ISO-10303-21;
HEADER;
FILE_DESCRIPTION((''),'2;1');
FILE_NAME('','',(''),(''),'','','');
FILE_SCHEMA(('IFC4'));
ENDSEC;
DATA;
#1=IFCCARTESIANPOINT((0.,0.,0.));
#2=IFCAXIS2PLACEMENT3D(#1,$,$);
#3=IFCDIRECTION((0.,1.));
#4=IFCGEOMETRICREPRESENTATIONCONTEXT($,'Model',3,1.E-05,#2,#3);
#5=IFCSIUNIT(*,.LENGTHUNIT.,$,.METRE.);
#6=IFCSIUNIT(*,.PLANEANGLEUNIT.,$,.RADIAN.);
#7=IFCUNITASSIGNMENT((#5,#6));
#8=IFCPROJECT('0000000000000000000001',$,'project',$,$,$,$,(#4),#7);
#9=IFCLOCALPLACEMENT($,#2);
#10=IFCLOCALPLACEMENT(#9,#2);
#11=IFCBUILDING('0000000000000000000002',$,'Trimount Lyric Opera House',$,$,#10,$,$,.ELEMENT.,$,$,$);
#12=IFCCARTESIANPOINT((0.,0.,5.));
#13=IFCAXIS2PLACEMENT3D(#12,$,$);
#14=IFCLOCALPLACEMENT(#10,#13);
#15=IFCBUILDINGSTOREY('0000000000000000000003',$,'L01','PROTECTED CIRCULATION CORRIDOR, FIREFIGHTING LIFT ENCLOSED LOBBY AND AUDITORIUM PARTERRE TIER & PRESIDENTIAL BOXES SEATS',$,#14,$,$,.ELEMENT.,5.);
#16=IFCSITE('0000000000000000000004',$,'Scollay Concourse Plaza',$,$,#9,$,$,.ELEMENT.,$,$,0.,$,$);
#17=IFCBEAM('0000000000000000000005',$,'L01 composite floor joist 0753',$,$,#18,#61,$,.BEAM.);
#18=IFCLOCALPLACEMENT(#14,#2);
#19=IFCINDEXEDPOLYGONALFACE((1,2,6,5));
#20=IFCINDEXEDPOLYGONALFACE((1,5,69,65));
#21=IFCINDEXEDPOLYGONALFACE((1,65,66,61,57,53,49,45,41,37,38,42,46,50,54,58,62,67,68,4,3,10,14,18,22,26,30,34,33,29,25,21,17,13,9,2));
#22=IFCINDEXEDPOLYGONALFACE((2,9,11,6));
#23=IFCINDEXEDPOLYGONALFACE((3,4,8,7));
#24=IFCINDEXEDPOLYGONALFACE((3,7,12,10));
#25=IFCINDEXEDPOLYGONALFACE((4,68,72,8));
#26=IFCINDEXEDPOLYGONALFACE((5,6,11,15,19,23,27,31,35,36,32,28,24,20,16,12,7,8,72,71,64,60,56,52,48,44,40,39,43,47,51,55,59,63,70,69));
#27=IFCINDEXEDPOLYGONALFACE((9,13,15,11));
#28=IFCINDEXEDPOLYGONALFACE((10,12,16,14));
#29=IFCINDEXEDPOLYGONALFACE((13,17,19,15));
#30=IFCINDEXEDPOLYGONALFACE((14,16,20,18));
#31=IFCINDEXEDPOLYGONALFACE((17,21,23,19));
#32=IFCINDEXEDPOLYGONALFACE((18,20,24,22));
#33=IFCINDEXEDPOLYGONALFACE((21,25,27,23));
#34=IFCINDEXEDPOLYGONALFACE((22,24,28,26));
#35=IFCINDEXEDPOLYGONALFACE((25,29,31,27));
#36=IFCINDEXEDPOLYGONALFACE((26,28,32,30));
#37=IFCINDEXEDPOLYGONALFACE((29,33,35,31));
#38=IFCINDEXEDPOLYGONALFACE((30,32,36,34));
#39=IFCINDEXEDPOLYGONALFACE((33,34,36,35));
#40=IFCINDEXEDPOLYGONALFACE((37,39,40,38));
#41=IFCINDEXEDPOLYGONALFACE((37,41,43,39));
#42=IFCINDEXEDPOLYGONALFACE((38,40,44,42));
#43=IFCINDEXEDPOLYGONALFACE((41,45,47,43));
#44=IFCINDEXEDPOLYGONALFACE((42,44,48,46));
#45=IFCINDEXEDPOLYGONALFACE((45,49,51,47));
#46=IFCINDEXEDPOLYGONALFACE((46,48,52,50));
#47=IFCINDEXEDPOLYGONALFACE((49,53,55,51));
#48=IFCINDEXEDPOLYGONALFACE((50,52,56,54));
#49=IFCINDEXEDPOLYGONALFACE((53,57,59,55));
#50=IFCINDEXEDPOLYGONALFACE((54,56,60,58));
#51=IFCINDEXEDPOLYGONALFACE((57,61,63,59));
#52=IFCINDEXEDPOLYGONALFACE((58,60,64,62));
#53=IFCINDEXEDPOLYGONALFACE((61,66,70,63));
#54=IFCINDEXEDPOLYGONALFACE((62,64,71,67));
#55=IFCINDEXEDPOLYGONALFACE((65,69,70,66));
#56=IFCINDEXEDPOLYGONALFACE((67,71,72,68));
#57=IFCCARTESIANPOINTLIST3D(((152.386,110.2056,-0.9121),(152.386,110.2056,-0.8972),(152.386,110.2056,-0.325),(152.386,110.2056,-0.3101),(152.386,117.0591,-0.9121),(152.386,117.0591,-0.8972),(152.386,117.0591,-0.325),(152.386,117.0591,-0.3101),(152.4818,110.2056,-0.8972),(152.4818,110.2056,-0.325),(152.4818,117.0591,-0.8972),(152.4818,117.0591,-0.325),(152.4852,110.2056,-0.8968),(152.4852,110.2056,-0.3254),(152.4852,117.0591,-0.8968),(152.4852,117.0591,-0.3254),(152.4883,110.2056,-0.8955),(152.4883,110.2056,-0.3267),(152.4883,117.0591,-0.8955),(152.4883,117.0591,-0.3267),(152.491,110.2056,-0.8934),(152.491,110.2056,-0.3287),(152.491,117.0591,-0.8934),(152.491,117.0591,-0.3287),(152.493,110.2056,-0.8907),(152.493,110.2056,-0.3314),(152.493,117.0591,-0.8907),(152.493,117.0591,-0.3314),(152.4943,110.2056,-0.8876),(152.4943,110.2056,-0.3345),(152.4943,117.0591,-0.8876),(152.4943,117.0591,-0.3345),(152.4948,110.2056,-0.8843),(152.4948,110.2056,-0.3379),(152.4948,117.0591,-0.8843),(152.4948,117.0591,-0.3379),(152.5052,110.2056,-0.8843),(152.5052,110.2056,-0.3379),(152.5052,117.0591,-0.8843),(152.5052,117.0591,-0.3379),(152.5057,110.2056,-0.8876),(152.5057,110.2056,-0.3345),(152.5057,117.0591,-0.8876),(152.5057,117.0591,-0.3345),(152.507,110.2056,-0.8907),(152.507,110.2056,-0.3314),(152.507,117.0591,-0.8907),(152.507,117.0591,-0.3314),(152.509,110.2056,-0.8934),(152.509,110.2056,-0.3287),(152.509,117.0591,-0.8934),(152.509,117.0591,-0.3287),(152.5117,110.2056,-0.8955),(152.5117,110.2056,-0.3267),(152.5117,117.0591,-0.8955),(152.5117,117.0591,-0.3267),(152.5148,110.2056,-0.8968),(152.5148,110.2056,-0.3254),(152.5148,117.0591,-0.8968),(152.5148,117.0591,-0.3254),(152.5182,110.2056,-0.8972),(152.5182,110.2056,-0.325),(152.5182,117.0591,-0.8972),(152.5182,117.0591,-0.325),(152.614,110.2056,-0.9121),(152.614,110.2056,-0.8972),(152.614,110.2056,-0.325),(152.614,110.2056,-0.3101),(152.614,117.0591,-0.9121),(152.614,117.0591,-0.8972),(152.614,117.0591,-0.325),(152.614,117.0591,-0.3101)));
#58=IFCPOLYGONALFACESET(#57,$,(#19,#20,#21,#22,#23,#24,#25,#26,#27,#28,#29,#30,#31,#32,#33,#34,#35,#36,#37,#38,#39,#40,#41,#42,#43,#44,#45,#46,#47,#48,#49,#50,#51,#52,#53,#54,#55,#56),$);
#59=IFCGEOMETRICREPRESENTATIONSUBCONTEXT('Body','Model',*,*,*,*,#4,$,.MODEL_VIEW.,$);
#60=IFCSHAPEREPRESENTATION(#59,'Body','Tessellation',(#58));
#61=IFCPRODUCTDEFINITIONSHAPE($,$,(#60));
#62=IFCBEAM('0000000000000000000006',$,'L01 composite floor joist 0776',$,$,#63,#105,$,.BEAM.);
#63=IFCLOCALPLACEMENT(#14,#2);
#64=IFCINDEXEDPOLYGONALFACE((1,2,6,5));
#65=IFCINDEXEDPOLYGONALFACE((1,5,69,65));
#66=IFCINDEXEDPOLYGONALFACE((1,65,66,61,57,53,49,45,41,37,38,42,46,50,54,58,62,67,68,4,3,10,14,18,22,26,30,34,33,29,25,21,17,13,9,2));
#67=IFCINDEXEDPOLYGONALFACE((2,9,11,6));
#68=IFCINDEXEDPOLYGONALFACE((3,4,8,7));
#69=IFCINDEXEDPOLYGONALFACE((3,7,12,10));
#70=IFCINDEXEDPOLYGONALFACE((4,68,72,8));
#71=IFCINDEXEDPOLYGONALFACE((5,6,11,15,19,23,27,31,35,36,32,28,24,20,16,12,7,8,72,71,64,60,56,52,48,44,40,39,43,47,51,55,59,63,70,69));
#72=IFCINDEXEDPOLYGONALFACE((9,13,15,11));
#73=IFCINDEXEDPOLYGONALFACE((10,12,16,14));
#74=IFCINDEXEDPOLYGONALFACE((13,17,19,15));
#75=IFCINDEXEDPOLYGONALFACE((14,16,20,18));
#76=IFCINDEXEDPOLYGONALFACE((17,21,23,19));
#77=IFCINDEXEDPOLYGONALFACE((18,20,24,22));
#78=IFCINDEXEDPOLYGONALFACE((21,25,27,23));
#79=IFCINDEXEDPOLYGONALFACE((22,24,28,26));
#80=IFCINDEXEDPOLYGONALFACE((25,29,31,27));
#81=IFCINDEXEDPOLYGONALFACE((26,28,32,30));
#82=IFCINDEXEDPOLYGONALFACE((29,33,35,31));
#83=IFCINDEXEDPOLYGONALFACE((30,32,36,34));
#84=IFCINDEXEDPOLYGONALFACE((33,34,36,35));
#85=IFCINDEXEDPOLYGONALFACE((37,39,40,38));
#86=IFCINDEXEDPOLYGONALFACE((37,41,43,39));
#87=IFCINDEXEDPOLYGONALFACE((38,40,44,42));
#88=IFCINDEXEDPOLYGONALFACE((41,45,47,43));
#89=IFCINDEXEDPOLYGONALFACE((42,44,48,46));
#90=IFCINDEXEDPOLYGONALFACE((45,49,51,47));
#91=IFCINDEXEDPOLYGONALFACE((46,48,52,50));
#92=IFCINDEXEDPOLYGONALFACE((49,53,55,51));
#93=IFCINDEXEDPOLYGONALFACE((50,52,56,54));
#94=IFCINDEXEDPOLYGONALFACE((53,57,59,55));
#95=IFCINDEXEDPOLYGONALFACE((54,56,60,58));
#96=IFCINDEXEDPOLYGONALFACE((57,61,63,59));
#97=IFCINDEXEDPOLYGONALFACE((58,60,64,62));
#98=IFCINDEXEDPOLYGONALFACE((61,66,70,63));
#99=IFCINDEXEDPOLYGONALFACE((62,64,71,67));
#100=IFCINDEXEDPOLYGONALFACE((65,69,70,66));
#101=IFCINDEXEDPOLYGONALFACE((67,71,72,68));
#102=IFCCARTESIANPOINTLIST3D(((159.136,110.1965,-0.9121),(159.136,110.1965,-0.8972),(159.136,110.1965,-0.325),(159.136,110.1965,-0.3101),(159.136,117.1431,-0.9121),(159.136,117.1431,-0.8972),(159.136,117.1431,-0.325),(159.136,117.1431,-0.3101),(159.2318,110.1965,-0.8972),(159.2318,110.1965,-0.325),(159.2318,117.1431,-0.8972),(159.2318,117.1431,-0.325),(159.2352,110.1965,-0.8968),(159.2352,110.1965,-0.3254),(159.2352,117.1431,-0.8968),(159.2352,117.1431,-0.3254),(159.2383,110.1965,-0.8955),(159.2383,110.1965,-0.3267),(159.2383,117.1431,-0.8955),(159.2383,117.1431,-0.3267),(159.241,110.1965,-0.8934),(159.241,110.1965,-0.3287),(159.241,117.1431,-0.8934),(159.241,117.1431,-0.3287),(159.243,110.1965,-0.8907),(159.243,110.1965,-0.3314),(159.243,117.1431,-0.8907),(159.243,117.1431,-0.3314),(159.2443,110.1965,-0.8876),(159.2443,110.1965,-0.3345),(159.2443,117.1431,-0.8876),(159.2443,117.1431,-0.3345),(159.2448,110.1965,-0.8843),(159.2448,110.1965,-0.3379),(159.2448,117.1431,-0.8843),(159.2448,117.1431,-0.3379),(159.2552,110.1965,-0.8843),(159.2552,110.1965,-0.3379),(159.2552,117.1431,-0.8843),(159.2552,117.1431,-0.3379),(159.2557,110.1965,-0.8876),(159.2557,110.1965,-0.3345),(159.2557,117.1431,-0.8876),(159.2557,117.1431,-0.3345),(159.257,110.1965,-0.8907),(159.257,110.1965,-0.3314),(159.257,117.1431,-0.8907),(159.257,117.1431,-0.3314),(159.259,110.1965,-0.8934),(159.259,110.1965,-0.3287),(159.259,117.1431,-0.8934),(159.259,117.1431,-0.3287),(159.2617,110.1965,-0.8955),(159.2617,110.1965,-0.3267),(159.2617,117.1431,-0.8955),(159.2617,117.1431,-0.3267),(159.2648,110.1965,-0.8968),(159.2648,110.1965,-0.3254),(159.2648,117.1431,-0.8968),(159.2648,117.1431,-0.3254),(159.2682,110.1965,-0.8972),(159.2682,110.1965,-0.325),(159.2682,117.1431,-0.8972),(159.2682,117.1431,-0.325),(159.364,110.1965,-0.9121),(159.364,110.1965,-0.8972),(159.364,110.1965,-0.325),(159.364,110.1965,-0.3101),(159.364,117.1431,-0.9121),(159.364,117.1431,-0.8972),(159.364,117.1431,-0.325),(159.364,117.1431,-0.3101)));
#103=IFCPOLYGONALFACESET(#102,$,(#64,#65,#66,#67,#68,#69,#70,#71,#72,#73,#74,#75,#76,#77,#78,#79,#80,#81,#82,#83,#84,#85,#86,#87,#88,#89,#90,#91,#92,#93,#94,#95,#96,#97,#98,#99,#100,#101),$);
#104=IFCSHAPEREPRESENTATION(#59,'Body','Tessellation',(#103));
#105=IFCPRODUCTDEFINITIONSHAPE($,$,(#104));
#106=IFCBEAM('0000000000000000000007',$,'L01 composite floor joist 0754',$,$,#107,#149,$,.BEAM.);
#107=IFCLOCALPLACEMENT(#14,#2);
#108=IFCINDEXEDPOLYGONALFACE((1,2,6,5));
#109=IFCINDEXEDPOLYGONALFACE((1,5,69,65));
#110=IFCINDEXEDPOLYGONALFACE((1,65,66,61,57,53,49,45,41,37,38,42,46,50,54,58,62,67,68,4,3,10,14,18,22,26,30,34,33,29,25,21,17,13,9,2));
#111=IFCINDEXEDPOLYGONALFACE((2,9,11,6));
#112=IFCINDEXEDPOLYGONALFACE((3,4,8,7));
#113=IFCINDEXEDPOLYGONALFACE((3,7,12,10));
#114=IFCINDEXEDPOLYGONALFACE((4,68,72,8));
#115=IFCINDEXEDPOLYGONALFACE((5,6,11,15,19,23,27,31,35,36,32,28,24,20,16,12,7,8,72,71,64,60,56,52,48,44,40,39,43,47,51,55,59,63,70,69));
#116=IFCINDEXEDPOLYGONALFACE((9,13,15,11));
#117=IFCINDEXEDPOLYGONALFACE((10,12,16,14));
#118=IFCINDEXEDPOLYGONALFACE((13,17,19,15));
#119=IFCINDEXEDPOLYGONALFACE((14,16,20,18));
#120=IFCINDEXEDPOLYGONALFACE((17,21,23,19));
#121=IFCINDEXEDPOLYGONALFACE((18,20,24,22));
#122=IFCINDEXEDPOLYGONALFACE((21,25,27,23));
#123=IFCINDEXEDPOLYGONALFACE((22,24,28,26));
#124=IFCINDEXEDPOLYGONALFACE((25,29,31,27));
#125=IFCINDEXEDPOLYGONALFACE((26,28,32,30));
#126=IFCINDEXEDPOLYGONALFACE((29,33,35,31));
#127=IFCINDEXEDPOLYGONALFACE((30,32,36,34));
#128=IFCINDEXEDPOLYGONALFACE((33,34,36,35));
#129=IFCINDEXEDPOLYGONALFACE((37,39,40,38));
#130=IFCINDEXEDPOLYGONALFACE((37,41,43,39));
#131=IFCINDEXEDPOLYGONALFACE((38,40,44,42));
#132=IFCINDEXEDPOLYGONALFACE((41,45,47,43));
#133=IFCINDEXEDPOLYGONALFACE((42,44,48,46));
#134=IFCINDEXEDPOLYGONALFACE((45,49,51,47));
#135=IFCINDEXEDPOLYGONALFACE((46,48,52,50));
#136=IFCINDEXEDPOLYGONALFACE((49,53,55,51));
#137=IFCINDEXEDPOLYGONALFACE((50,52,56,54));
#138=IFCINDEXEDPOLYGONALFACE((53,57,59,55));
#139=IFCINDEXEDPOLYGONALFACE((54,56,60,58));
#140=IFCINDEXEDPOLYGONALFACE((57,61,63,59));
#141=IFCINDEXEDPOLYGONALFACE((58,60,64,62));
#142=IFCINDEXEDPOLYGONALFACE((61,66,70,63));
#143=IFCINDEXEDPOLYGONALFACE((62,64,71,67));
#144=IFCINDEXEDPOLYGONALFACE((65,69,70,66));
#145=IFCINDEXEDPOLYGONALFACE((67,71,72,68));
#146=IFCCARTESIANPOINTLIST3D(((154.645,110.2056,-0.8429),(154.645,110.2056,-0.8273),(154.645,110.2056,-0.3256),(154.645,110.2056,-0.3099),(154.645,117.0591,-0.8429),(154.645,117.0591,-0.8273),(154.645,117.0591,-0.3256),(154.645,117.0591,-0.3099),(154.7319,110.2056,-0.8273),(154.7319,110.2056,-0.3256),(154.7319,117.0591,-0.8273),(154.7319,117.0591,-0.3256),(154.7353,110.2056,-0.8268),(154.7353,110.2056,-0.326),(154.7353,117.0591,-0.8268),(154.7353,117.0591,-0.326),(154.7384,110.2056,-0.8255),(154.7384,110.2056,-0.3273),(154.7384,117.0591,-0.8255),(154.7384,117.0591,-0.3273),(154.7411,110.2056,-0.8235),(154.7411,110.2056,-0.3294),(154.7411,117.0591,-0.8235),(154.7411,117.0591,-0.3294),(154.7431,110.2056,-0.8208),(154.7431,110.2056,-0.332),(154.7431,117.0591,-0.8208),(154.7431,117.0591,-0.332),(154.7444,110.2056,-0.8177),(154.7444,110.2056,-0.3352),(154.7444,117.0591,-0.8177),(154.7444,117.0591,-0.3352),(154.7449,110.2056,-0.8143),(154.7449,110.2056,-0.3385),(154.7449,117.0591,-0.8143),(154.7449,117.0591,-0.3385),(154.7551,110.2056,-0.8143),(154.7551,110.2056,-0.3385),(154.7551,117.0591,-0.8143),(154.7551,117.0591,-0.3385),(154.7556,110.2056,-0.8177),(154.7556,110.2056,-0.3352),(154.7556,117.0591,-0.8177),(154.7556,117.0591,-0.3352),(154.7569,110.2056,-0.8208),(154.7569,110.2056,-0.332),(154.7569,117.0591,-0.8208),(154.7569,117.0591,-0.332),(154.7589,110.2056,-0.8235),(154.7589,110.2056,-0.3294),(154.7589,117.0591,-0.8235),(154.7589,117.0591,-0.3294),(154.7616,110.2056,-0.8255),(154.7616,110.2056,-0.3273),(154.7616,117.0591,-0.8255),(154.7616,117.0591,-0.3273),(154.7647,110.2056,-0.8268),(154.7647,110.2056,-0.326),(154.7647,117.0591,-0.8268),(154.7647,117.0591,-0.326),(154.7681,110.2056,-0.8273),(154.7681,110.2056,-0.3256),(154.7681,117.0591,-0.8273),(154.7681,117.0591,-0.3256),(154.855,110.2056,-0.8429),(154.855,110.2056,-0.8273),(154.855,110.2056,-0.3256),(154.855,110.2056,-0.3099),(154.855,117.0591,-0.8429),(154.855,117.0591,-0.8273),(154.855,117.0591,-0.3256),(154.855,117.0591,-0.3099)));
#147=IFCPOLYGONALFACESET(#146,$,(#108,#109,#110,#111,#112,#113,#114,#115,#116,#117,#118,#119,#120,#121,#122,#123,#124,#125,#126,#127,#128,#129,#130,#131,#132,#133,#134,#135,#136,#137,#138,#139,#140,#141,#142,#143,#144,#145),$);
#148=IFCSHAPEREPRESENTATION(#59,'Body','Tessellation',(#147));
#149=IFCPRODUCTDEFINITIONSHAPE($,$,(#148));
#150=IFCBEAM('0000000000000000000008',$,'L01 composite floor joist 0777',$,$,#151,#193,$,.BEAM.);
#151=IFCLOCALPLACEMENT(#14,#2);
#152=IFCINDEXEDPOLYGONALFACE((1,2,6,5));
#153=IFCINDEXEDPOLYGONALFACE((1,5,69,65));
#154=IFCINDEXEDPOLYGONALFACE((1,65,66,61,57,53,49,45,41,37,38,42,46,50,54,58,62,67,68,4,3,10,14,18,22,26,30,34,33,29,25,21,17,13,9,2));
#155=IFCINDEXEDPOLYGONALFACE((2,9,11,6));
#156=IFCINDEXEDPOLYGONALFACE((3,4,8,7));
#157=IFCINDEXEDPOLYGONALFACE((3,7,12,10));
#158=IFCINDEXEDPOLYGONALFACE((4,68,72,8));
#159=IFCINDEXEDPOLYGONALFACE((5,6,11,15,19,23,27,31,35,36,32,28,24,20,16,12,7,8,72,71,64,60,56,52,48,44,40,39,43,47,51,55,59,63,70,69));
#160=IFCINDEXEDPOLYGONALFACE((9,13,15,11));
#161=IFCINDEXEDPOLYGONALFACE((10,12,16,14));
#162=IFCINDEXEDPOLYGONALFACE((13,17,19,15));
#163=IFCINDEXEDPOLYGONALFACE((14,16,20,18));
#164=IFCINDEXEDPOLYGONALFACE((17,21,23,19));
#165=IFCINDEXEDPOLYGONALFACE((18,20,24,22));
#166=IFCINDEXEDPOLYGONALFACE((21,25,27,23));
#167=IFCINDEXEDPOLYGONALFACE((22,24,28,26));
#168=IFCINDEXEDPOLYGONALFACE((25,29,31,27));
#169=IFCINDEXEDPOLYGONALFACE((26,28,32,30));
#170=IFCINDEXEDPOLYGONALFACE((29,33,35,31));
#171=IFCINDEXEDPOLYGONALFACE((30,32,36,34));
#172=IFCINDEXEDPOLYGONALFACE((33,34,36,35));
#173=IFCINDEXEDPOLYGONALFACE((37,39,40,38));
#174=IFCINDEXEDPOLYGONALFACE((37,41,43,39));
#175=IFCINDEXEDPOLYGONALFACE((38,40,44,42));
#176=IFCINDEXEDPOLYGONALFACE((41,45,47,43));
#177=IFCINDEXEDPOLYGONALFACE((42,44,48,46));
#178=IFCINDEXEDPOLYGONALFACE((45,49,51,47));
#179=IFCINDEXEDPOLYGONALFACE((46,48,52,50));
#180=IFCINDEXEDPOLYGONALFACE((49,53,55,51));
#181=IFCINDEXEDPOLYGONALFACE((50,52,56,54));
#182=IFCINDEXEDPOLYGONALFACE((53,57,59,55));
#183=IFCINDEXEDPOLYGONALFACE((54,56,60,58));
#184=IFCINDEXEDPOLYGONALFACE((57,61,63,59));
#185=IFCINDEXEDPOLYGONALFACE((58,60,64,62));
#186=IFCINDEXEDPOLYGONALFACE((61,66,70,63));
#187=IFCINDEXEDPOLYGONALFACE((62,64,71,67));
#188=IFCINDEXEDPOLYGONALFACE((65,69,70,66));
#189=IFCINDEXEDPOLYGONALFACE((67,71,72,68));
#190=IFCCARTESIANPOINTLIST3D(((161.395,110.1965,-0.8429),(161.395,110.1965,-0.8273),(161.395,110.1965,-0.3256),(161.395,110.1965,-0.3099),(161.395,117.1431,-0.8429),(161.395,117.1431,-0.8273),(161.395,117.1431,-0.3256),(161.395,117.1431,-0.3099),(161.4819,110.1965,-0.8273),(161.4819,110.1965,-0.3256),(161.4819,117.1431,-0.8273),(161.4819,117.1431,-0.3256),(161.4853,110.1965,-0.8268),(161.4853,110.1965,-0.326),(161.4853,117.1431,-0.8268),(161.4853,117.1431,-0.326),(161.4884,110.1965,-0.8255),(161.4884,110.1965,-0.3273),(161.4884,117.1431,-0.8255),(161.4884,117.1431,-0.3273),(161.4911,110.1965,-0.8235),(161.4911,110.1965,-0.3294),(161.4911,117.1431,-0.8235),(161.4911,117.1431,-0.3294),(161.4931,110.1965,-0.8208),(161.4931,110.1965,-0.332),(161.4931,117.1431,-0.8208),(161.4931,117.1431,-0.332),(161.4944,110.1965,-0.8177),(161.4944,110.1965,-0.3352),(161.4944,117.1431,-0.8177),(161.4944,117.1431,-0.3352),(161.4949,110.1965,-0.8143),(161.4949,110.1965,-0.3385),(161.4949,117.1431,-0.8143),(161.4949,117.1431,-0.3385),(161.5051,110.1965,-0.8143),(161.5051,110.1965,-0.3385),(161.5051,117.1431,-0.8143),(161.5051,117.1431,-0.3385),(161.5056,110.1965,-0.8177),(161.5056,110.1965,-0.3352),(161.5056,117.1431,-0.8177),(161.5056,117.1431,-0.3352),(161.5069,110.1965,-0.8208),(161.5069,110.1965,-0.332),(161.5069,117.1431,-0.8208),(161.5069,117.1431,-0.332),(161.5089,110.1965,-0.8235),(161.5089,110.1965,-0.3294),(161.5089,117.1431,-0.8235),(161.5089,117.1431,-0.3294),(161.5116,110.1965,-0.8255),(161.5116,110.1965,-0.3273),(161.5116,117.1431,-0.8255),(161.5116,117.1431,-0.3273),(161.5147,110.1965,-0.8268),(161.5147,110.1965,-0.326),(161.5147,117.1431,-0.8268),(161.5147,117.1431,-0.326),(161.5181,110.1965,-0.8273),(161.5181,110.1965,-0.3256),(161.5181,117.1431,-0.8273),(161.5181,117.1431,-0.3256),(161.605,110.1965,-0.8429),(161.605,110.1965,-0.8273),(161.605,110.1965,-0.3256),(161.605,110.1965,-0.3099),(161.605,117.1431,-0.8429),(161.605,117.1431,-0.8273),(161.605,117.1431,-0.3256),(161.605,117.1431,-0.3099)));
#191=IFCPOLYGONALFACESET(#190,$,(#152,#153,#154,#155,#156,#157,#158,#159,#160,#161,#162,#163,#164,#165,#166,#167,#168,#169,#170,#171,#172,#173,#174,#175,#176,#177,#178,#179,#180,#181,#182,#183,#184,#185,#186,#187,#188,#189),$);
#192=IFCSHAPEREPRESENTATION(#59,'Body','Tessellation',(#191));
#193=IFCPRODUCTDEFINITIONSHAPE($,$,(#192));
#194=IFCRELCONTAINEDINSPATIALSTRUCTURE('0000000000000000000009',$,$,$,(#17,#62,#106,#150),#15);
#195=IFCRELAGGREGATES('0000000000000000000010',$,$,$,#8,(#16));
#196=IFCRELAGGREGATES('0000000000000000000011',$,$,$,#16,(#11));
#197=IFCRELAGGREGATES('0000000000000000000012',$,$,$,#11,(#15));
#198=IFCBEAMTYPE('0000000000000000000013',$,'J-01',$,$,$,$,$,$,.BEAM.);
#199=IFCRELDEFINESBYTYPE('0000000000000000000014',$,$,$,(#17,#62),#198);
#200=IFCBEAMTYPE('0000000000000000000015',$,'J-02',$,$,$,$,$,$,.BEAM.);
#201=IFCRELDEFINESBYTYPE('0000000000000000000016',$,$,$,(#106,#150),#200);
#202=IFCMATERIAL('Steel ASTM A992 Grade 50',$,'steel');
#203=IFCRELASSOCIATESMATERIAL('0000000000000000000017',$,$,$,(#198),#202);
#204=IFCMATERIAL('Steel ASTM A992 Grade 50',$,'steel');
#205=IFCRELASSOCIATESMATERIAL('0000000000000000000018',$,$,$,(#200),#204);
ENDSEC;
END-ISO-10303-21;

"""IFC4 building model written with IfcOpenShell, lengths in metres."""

from ifc_helpers import new_model, si_unit, direction, frame, origin, origin_2d, place, context, subcontext, project, spatial, i_section, extrude, material, material_profile, profile_set, type_object, element, save


model = new_model("IFC4")

# Units and contexts
model_context = context("Model", 3, precision=1e-05, world=origin(), true_north=direction((0.0, 1.0)))
body_context = subcontext(model_context, "Body", "Model", "MODEL_VIEW")
ifc_project = project(units=[si_unit("LENGTHUNIT", "METRE"), si_unit("PLANEANGLEUNIT", "RADIAN")], contexts=[model_context])

# Site, building, storey
site_placement = place(None, origin())
site = spatial("IfcSite", under=ifc_project, at=site_placement, Name="Scollay Concourse Plaza", CompositionType="ELEMENT", RefElevation=0.0)
building_placement = place(site_placement, origin())
building = spatial("IfcBuilding", under=site, at=building_placement, Name="Trimount Lyric Opera House", CompositionType="ELEMENT")
storey_placement = place(building_placement, frame((0.0, 0.0, 5.0)))
storey = spatial("IfcBuildingStorey", under=building, at=storey_placement, Name="L01", Description="PROTECTED CIRCULATION CORRIDOR, FIREFIGHTING LIFT ENCLOSED LOBBY AND AUDITORIUM PARTERRE TIER & PRESIDENTIAL BOXES SEATS", CompositionType="ELEMENT", Elevation=5.0)

# Beams
ifc_material_1 = material(Name="Steel ASTM A992 Grade 50", Category="steel")
ifc_material_profile_1 = material_profile(ifc_material_1, i_section(OverallWidth=0.228, OverallDepth=0.6021, WebThickness=0.0105, FlangeThickness=0.0149, FilletRadius=0.0129, at=origin_2d()), Name="W24X68")
ifc_profile_set_1 = profile_set([ifc_material_profile_1], Name="Steel ASTM A992 Grade 50")
beam_type_1 = type_object("IfcBeamType", Name="J-01", PredefinedType="BEAM", material=ifc_profile_set_1)
beam_1_placement = place(storey_placement, frame((152.5, 110.2056, -0.6111), z_axis=(0.0, 1.0, 0.0), x_axis=(-1.0, 0.0, 0.0)))
element("IfcBeam", 1, at=beam_1_placement, inside=storey, type_object=beam_type_1, Name="L01 composite floor joist 0753", PredefinedType="BEAM", context=body_context, shape_type="SweptSolid", body=[
    extrude(i_section(OverallWidth=0.228, OverallDepth=0.6021, WebThickness=0.0105, FlangeThickness=0.0149, FilletRadius=0.0129, at=origin_2d()), origin(), (0.0, 0.0, 1.0), 6.8535),
])
beam_2_placement = place(storey_placement, frame((159.25, 110.1965, -0.6111), z_axis=(0.0, 1.0, 0.0), x_axis=(-1.0, 0.0, 0.0)))
element("IfcBeam", 2, at=beam_2_placement, inside=storey, type_object=beam_type_1, Name="L01 composite floor joist 0776", PredefinedType="BEAM", context=body_context, shape_type="SweptSolid", body=[
    extrude(i_section(OverallWidth=0.228, OverallDepth=0.6021, WebThickness=0.0105, FlangeThickness=0.0149, FilletRadius=0.0129, at=origin_2d()), origin(), (0.0, 0.0, 1.0), 6.9465),
])
ifc_material_2 = material(Name="Steel ASTM A992 Grade 50", Category="steel")
ifc_material_profile_2 = material_profile(ifc_material_2, i_section(OverallWidth=0.21, OverallDepth=0.533, WebThickness=0.0103, FlangeThickness=0.0156, FilletRadius=0.0129, at=origin_2d()), Name="W21X62")
ifc_profile_set_2 = profile_set([ifc_material_profile_2], Name="Steel ASTM A992 Grade 50")
beam_type_2 = type_object("IfcBeamType", Name="J-02", PredefinedType="BEAM", material=ifc_profile_set_2)
beam_3_placement = place(storey_placement, frame((154.75, 110.2056, -0.5764), z_axis=(0.0, 1.0, 0.0), x_axis=(-1.0, 0.0, 0.0)))
element("IfcBeam", 3, at=beam_3_placement, inside=storey, type_object=beam_type_2, Name="L01 composite floor joist 0754", PredefinedType="BEAM", context=body_context, shape_type="SweptSolid", body=[
    extrude(i_section(OverallWidth=0.21, OverallDepth=0.533, WebThickness=0.0103, FlangeThickness=0.0156, FilletRadius=0.0129, at=origin_2d()), origin(), (0.0, 0.0, 1.0), 6.8535),
])
beam_4_placement = place(storey_placement, frame((161.5, 110.1965, -0.5764), z_axis=(0.0, 1.0, 0.0), x_axis=(-1.0, 0.0, 0.0)))
element("IfcBeam", 4, at=beam_4_placement, inside=storey, type_object=beam_type_2, Name="L01 composite floor joist 0777", PredefinedType="BEAM", context=body_context, shape_type="SweptSolid", body=[
    extrude(i_section(OverallWidth=0.21, OverallDepth=0.533, WebThickness=0.0103, FlangeThickness=0.0156, FilletRadius=0.0129, at=origin_2d()), origin(), (0.0, 0.0, 1.0), 6.9465),
])

save(model, "model.ifc")
